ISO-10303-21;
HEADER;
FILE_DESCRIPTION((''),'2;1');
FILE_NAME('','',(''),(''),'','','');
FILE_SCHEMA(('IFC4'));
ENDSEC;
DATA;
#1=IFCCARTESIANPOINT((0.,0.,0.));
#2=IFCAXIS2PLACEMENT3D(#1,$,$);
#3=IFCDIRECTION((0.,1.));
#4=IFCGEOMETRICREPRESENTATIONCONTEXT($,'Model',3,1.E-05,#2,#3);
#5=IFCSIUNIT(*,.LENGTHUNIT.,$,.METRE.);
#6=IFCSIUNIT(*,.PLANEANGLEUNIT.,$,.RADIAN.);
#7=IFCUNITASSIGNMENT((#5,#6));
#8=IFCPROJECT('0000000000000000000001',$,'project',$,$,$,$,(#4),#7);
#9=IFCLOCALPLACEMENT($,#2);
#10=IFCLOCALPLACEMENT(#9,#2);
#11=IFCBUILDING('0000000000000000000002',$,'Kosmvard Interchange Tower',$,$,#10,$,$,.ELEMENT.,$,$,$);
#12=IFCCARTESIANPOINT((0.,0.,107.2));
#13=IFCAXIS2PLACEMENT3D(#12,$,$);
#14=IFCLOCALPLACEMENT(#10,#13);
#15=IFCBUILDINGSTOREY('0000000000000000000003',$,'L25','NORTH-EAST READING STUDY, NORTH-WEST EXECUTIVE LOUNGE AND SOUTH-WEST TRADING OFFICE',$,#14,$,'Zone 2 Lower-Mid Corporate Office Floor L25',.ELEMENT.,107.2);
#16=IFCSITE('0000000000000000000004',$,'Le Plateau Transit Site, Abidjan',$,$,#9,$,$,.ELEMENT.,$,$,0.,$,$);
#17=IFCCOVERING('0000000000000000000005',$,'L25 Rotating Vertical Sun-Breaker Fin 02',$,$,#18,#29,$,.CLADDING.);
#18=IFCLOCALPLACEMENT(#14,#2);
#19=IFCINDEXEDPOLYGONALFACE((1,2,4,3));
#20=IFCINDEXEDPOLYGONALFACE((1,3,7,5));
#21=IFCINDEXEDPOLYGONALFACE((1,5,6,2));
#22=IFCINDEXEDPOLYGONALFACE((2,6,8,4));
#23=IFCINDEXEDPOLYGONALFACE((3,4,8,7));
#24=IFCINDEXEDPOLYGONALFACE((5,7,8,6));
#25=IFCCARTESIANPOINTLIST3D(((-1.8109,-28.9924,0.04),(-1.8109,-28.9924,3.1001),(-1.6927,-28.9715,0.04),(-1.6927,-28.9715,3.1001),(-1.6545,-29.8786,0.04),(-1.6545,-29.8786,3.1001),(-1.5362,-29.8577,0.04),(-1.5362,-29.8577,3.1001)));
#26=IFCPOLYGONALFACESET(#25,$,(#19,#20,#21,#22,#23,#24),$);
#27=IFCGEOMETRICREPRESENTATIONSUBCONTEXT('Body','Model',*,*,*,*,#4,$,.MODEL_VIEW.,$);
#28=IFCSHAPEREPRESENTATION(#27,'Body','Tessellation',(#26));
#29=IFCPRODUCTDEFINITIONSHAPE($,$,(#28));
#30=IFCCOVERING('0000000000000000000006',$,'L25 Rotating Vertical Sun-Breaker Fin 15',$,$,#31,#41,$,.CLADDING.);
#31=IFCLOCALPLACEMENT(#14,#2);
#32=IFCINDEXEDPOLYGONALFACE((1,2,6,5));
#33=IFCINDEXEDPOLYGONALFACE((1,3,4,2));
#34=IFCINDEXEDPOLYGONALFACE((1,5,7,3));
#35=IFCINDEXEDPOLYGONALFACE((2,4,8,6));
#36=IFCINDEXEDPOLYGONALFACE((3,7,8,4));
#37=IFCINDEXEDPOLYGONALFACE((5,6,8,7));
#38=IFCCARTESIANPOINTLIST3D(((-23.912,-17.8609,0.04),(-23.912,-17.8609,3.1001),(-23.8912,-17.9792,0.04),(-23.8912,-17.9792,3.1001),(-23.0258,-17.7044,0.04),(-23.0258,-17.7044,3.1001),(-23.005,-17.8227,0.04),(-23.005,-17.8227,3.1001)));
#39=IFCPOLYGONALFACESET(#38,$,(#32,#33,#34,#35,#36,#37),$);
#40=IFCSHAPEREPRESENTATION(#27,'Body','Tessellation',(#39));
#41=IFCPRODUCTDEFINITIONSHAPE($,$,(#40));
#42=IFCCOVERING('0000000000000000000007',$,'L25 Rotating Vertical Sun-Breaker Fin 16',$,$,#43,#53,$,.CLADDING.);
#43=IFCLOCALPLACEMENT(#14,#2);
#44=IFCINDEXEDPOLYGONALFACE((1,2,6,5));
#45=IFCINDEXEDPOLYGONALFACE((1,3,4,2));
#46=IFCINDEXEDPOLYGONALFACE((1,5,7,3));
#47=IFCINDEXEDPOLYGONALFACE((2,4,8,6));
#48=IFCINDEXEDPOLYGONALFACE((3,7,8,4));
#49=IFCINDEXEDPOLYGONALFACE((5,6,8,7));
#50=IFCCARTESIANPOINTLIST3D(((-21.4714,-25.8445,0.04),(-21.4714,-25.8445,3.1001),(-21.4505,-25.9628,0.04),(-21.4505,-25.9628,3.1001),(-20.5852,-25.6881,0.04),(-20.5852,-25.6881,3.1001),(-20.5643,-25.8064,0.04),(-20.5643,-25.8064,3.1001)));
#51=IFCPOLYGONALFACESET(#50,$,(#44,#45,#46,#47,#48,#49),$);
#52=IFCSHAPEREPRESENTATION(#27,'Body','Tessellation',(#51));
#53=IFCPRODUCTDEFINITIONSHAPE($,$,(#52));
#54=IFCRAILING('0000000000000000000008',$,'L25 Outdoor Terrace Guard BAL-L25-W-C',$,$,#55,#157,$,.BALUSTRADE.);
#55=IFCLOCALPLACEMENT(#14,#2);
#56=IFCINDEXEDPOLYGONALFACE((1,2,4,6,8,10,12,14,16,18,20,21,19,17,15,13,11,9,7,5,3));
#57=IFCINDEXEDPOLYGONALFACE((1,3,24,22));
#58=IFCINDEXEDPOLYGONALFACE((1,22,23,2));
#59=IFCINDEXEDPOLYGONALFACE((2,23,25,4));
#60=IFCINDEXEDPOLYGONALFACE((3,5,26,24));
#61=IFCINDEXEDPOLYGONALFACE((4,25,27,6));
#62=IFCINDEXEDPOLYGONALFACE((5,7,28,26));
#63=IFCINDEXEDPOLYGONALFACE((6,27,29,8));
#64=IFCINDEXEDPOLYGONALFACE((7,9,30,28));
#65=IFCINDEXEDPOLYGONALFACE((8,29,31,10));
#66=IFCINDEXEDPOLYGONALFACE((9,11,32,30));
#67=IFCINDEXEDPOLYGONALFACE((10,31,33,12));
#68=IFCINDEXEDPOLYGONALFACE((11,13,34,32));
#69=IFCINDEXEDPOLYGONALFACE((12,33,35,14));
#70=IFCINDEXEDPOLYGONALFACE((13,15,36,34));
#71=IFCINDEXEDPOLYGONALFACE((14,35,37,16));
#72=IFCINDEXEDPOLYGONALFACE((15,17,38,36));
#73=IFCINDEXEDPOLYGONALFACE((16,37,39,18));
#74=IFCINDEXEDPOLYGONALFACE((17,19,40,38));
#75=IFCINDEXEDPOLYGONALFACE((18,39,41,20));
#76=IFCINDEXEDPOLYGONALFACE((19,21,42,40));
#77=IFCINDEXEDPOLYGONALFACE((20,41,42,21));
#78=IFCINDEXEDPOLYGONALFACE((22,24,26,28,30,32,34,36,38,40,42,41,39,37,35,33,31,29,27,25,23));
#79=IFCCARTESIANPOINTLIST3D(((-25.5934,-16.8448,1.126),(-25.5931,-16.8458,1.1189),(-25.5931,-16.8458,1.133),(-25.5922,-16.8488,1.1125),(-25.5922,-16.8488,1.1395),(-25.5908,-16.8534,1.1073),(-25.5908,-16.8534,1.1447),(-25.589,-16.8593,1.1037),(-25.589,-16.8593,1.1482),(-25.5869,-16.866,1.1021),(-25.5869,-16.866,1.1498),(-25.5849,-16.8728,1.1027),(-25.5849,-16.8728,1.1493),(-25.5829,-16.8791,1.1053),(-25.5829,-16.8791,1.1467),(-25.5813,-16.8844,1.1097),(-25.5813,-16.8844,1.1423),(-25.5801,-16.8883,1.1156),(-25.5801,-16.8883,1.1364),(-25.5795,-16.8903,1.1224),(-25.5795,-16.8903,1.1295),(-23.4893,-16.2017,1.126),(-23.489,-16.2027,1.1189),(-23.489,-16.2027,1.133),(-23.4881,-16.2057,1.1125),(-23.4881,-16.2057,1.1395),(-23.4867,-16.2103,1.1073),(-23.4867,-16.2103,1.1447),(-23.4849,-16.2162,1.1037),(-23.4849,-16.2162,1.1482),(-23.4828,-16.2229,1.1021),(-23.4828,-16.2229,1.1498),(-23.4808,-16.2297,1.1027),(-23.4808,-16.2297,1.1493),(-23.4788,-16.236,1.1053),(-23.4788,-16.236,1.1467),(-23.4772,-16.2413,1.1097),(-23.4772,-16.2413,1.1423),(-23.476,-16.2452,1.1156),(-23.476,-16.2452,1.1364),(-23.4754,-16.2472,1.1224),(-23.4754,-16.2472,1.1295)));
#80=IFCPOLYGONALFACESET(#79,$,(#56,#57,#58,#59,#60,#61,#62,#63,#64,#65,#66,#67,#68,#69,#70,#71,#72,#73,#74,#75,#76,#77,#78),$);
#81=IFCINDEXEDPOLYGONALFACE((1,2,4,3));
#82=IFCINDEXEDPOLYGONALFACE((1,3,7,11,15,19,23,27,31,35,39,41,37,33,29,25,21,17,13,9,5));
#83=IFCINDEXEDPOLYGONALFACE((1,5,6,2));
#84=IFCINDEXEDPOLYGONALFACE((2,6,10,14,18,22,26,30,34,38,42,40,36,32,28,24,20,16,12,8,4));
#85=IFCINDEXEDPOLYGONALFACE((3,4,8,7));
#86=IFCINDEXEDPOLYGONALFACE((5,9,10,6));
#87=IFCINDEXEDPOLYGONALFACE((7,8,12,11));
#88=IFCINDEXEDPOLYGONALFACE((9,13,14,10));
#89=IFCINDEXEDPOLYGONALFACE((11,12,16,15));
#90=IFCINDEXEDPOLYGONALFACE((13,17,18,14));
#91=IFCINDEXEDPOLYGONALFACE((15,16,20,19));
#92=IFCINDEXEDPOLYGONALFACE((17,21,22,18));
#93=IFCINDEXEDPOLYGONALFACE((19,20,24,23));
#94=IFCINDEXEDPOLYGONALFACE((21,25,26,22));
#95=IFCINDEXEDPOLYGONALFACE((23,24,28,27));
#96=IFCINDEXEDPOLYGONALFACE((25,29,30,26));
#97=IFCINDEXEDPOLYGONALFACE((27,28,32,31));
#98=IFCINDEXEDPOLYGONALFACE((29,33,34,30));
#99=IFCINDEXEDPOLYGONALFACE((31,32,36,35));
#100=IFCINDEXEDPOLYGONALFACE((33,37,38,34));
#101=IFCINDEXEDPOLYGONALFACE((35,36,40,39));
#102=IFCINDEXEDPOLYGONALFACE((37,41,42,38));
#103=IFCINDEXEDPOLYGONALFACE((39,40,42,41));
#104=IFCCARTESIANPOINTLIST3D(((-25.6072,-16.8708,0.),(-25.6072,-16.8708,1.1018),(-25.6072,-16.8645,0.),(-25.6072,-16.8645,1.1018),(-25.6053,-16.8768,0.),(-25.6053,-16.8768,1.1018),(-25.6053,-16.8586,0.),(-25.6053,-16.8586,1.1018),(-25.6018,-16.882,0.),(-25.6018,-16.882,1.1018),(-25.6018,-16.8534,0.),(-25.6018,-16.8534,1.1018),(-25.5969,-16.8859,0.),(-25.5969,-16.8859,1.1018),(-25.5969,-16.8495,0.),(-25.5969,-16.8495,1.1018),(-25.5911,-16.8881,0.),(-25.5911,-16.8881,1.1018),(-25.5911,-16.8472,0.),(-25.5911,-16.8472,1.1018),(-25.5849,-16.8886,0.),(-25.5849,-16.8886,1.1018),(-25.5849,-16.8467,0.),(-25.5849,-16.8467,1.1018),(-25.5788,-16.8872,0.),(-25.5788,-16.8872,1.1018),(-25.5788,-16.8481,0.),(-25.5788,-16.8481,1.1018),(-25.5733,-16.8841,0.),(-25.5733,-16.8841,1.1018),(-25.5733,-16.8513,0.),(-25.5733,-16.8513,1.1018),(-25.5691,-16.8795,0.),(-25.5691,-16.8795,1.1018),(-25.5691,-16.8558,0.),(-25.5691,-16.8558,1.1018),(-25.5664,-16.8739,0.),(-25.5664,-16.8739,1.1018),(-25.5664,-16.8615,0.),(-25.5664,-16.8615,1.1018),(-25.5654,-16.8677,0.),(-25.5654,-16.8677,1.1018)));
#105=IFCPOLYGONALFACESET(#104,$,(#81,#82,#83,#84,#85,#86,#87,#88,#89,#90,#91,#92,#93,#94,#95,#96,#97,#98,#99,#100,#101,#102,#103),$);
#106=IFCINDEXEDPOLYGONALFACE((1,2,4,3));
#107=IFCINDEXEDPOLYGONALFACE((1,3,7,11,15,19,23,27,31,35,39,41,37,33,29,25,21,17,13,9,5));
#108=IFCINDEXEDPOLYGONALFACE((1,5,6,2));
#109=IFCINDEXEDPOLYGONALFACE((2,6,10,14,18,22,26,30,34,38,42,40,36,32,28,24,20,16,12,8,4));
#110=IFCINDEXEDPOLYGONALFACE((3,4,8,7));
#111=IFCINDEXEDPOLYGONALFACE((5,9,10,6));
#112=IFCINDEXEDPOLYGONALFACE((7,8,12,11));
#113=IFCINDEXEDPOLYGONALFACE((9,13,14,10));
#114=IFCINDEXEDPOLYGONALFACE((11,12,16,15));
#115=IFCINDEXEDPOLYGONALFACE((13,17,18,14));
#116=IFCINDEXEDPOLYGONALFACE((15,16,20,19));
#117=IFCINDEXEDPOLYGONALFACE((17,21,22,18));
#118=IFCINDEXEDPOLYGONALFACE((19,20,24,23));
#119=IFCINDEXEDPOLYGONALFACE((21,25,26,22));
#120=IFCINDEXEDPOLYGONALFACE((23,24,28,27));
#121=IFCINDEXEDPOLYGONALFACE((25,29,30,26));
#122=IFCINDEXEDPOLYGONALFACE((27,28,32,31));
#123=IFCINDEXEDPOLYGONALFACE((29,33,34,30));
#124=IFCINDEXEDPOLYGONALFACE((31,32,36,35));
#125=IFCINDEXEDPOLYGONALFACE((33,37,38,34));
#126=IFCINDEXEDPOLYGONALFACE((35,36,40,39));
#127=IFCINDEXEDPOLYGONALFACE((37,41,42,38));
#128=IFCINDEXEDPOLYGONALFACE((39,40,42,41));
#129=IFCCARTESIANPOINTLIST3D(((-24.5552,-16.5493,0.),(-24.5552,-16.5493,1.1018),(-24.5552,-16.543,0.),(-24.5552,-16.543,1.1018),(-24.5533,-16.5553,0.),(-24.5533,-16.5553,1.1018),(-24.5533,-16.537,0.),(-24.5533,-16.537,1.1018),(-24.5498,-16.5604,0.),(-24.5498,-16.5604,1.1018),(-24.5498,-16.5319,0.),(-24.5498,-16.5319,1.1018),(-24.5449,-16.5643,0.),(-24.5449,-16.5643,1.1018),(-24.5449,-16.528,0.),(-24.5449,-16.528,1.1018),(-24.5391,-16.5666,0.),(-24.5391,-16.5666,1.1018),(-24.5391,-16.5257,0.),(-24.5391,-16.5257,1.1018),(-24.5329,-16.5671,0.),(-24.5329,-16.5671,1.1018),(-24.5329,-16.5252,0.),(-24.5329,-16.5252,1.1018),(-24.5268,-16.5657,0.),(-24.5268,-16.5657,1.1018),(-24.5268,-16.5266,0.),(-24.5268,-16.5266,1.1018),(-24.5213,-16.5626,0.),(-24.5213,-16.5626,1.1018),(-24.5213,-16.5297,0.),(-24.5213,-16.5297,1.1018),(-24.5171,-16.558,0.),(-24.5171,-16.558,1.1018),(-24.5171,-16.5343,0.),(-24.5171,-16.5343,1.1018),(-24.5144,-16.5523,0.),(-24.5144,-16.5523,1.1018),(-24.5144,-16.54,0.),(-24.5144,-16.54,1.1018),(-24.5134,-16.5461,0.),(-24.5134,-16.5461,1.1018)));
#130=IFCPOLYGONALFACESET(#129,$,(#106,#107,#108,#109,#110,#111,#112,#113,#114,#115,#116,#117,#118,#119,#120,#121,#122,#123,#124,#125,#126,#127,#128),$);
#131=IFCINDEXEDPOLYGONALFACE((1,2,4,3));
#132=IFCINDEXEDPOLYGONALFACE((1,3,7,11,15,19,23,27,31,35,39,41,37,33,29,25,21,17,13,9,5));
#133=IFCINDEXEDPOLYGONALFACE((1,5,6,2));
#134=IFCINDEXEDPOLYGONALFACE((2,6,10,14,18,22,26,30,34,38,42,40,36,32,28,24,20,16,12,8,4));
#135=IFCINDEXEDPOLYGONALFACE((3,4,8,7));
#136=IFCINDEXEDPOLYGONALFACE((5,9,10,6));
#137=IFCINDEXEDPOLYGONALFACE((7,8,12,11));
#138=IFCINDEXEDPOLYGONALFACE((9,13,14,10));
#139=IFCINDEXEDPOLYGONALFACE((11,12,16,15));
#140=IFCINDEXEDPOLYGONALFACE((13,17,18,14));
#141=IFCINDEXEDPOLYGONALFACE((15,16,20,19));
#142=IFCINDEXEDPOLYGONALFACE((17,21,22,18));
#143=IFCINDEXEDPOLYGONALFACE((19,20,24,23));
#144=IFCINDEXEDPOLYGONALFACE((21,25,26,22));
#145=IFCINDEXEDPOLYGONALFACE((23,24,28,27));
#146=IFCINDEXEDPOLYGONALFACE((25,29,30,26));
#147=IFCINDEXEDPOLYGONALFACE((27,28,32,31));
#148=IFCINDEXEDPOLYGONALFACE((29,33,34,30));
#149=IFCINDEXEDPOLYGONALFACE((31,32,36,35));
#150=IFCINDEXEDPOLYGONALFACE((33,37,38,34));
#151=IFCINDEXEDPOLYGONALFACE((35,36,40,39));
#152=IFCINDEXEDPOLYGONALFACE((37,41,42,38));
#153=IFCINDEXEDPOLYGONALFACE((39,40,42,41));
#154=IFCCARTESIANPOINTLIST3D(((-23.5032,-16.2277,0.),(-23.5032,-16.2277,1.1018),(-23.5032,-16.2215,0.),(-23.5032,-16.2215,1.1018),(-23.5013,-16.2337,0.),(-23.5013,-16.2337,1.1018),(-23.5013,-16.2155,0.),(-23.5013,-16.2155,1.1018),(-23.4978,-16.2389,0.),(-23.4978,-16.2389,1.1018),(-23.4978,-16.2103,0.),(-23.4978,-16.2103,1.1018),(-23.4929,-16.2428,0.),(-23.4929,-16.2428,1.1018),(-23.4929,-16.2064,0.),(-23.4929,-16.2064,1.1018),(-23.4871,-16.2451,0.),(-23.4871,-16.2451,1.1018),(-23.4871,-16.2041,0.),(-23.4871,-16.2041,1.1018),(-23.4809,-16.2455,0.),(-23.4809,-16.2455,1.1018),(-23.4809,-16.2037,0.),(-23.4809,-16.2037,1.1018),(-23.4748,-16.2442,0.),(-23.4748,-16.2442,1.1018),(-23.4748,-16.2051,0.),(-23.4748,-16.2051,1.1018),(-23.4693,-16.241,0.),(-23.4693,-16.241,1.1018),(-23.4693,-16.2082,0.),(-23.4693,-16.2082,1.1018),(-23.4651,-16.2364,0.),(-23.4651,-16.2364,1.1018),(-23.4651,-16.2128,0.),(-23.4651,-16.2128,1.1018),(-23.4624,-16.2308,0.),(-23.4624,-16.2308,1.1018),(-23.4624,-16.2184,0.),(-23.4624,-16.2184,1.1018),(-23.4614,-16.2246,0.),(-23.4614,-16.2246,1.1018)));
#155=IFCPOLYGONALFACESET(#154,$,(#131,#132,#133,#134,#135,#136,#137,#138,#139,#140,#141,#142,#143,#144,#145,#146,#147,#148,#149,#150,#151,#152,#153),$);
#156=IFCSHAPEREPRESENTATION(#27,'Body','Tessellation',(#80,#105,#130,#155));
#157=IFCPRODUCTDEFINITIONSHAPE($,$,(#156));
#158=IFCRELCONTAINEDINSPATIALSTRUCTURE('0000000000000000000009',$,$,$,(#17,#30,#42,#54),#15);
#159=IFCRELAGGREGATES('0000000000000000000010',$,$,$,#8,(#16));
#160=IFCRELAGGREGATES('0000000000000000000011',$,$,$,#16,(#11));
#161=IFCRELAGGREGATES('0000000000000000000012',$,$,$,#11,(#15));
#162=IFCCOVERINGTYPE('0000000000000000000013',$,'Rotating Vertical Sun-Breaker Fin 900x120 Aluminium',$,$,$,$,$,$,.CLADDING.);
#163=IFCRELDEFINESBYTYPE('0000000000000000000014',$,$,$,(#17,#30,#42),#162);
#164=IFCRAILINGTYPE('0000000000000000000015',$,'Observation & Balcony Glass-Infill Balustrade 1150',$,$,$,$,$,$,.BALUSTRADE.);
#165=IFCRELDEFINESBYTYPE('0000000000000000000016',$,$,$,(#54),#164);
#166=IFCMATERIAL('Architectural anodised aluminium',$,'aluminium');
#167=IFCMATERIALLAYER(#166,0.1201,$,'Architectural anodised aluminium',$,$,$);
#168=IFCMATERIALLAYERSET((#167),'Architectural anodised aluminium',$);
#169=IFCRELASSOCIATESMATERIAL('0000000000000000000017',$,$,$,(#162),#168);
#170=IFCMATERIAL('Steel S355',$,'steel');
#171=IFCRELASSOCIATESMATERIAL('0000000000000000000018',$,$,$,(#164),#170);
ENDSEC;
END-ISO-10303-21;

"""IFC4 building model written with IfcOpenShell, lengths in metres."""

from ifc_helpers import new_model, si_unit, direction, frame, origin, origin_2d, place, context, subcontext, project, spatial, rectangle, circle, extrude, source, transform, mapped, material, layer, layer_set, type_object, element, save


model = new_model("IFC4")

# Units and contexts
model_context = context("Model", 3, precision=1e-05, world=origin(), true_north=direction((0.0, 1.0)))
body_context = subcontext(model_context, "Body", "Model", "MODEL_VIEW")
ifc_project = project(units=[si_unit("LENGTHUNIT", "METRE"), si_unit("PLANEANGLEUNIT", "RADIAN")], contexts=[model_context])

# Site, building, storey
site_placement = place(None, origin())
site = spatial("IfcSite", under=ifc_project, at=site_placement, Name="Le Plateau Transit Site, Abidjan", CompositionType="ELEMENT", RefElevation=0.0)
building_placement = place(site_placement, origin())
building = spatial("IfcBuilding", under=site, at=building_placement, Name="Kosmvard Interchange Tower", CompositionType="ELEMENT")
storey_placement = place(building_placement, frame((0.0, 0.0, 107.2)))
storey = spatial("IfcBuildingStorey", under=building, at=storey_placement, Name="L25", Description="NORTH-EAST READING STUDY, NORTH-WEST EXECUTIVE LOUNGE AND SOUTH-WEST TRADING OFFICE", LongName="Zone 2 Lower-Mid Corporate Office Floor L25", CompositionType="ELEMENT", Elevation=107.2)

# Shared definitions
ifc_material_1 = material(Name="Steel S355", Category="steel")

# Coverings
ifc_material_2 = material(Name="Architectural anodised aluminium", Category="aluminium")
ifc_layer_1 = layer(ifc_material_2, 0.1201, Name="Architectural anodised aluminium")
ifc_layer_set_1 = layer_set([ifc_layer_1], Name="Architectural anodised aluminium")
covering_type = type_object("IfcCoveringType", Name="Rotating Vertical Sun-Breaker Fin 900x120 Aluminium", PredefinedType="CLADDING", material=ifc_layer_set_1)
shared_shape_1 = source(origin(), body_context, "Body", "SweptSolid", [
    extrude(rectangle(XDim=0.8999, YDim=0.1201, at=origin_2d()), origin(), (0.0, 0.0, 1.0), 3.0601),
])
for number, where, z_axis, x_axis, name in (
    (1, (-1.6736, -29.425, 0.04), (0.0, 0.0, 1.0), (0.17382, -0.984777, 0.0), "L25 Rotating Vertical Sun-Breaker Fin 02"),
    (2, (-23.4585, -17.8418, 0.04), (0.0, 0.0, 1.0), (-0.984777, -0.17382, 0.0), "L25 Rotating Vertical Sun-Breaker Fin 15"),
    (3, (-21.0178, -25.8254, 0.04), (0.0, 0.0, 1.0), (-0.984777, -0.17382, 0.0), "L25 Rotating Vertical Sun-Breaker Fin 16"),
):
    element("IfcCovering", number, at=place(storey_placement, frame(where, z_axis=z_axis, x_axis=x_axis)), inside=storey, type_object=covering_type, Name=name, PredefinedType="CLADDING", context=body_context, shape_type="MappedRepresentation", body=[
        mapped(shared_shape_1, transform((0.0, 0.0, 0.0), scale=1.0)),
    ])

# Railing
railing_type = type_object("IfcRailingType", Name="Observation & Balcony Glass-Infill Balustrade 1150", PredefinedType="BALUSTRADE", material=ifc_material_1)
shared_shape_2 = source(origin(), body_context, "Body", "SweptSolid", [
    extrude(circle(Radius=0.0239, at=origin_2d()), frame((0.0, 0.0, 1.126), z_axis=(0.956329, 0.292292, 0.0), x_axis=(-0.292292, 0.956329, 0.0)), (0.0, 0.0, 1.0), 2.2002),
    extrude(circle(Radius=0.021, at=origin_2d()), origin(), (0.0, 0.0, 1.0), 1.1018),
    extrude(circle(Radius=0.021, at=origin_2d()), frame((1.052, 0.3215, 0.0)), (0.0, 0.0, 1.0), 1.1018),
    extrude(circle(Radius=0.021, at=origin_2d()), frame((2.104, 0.6431, 0.0)), (0.0, 0.0, 1.0), 1.1018),
])
railing_placement = place(storey_placement, frame((-25.5864, -16.8677, 0.0)))
element("IfcRailing", 4, at=railing_placement, inside=storey, type_object=railing_type, Name="L25 Outdoor Terrace Guard BAL-L25-W-C", PredefinedType="BALUSTRADE", context=body_context, shape_type="MappedRepresentation", body=[
    mapped(shared_shape_2, transform((0.0, 0.0, 0.0), scale=1.0)),
])

save(model, "model.ifc")
